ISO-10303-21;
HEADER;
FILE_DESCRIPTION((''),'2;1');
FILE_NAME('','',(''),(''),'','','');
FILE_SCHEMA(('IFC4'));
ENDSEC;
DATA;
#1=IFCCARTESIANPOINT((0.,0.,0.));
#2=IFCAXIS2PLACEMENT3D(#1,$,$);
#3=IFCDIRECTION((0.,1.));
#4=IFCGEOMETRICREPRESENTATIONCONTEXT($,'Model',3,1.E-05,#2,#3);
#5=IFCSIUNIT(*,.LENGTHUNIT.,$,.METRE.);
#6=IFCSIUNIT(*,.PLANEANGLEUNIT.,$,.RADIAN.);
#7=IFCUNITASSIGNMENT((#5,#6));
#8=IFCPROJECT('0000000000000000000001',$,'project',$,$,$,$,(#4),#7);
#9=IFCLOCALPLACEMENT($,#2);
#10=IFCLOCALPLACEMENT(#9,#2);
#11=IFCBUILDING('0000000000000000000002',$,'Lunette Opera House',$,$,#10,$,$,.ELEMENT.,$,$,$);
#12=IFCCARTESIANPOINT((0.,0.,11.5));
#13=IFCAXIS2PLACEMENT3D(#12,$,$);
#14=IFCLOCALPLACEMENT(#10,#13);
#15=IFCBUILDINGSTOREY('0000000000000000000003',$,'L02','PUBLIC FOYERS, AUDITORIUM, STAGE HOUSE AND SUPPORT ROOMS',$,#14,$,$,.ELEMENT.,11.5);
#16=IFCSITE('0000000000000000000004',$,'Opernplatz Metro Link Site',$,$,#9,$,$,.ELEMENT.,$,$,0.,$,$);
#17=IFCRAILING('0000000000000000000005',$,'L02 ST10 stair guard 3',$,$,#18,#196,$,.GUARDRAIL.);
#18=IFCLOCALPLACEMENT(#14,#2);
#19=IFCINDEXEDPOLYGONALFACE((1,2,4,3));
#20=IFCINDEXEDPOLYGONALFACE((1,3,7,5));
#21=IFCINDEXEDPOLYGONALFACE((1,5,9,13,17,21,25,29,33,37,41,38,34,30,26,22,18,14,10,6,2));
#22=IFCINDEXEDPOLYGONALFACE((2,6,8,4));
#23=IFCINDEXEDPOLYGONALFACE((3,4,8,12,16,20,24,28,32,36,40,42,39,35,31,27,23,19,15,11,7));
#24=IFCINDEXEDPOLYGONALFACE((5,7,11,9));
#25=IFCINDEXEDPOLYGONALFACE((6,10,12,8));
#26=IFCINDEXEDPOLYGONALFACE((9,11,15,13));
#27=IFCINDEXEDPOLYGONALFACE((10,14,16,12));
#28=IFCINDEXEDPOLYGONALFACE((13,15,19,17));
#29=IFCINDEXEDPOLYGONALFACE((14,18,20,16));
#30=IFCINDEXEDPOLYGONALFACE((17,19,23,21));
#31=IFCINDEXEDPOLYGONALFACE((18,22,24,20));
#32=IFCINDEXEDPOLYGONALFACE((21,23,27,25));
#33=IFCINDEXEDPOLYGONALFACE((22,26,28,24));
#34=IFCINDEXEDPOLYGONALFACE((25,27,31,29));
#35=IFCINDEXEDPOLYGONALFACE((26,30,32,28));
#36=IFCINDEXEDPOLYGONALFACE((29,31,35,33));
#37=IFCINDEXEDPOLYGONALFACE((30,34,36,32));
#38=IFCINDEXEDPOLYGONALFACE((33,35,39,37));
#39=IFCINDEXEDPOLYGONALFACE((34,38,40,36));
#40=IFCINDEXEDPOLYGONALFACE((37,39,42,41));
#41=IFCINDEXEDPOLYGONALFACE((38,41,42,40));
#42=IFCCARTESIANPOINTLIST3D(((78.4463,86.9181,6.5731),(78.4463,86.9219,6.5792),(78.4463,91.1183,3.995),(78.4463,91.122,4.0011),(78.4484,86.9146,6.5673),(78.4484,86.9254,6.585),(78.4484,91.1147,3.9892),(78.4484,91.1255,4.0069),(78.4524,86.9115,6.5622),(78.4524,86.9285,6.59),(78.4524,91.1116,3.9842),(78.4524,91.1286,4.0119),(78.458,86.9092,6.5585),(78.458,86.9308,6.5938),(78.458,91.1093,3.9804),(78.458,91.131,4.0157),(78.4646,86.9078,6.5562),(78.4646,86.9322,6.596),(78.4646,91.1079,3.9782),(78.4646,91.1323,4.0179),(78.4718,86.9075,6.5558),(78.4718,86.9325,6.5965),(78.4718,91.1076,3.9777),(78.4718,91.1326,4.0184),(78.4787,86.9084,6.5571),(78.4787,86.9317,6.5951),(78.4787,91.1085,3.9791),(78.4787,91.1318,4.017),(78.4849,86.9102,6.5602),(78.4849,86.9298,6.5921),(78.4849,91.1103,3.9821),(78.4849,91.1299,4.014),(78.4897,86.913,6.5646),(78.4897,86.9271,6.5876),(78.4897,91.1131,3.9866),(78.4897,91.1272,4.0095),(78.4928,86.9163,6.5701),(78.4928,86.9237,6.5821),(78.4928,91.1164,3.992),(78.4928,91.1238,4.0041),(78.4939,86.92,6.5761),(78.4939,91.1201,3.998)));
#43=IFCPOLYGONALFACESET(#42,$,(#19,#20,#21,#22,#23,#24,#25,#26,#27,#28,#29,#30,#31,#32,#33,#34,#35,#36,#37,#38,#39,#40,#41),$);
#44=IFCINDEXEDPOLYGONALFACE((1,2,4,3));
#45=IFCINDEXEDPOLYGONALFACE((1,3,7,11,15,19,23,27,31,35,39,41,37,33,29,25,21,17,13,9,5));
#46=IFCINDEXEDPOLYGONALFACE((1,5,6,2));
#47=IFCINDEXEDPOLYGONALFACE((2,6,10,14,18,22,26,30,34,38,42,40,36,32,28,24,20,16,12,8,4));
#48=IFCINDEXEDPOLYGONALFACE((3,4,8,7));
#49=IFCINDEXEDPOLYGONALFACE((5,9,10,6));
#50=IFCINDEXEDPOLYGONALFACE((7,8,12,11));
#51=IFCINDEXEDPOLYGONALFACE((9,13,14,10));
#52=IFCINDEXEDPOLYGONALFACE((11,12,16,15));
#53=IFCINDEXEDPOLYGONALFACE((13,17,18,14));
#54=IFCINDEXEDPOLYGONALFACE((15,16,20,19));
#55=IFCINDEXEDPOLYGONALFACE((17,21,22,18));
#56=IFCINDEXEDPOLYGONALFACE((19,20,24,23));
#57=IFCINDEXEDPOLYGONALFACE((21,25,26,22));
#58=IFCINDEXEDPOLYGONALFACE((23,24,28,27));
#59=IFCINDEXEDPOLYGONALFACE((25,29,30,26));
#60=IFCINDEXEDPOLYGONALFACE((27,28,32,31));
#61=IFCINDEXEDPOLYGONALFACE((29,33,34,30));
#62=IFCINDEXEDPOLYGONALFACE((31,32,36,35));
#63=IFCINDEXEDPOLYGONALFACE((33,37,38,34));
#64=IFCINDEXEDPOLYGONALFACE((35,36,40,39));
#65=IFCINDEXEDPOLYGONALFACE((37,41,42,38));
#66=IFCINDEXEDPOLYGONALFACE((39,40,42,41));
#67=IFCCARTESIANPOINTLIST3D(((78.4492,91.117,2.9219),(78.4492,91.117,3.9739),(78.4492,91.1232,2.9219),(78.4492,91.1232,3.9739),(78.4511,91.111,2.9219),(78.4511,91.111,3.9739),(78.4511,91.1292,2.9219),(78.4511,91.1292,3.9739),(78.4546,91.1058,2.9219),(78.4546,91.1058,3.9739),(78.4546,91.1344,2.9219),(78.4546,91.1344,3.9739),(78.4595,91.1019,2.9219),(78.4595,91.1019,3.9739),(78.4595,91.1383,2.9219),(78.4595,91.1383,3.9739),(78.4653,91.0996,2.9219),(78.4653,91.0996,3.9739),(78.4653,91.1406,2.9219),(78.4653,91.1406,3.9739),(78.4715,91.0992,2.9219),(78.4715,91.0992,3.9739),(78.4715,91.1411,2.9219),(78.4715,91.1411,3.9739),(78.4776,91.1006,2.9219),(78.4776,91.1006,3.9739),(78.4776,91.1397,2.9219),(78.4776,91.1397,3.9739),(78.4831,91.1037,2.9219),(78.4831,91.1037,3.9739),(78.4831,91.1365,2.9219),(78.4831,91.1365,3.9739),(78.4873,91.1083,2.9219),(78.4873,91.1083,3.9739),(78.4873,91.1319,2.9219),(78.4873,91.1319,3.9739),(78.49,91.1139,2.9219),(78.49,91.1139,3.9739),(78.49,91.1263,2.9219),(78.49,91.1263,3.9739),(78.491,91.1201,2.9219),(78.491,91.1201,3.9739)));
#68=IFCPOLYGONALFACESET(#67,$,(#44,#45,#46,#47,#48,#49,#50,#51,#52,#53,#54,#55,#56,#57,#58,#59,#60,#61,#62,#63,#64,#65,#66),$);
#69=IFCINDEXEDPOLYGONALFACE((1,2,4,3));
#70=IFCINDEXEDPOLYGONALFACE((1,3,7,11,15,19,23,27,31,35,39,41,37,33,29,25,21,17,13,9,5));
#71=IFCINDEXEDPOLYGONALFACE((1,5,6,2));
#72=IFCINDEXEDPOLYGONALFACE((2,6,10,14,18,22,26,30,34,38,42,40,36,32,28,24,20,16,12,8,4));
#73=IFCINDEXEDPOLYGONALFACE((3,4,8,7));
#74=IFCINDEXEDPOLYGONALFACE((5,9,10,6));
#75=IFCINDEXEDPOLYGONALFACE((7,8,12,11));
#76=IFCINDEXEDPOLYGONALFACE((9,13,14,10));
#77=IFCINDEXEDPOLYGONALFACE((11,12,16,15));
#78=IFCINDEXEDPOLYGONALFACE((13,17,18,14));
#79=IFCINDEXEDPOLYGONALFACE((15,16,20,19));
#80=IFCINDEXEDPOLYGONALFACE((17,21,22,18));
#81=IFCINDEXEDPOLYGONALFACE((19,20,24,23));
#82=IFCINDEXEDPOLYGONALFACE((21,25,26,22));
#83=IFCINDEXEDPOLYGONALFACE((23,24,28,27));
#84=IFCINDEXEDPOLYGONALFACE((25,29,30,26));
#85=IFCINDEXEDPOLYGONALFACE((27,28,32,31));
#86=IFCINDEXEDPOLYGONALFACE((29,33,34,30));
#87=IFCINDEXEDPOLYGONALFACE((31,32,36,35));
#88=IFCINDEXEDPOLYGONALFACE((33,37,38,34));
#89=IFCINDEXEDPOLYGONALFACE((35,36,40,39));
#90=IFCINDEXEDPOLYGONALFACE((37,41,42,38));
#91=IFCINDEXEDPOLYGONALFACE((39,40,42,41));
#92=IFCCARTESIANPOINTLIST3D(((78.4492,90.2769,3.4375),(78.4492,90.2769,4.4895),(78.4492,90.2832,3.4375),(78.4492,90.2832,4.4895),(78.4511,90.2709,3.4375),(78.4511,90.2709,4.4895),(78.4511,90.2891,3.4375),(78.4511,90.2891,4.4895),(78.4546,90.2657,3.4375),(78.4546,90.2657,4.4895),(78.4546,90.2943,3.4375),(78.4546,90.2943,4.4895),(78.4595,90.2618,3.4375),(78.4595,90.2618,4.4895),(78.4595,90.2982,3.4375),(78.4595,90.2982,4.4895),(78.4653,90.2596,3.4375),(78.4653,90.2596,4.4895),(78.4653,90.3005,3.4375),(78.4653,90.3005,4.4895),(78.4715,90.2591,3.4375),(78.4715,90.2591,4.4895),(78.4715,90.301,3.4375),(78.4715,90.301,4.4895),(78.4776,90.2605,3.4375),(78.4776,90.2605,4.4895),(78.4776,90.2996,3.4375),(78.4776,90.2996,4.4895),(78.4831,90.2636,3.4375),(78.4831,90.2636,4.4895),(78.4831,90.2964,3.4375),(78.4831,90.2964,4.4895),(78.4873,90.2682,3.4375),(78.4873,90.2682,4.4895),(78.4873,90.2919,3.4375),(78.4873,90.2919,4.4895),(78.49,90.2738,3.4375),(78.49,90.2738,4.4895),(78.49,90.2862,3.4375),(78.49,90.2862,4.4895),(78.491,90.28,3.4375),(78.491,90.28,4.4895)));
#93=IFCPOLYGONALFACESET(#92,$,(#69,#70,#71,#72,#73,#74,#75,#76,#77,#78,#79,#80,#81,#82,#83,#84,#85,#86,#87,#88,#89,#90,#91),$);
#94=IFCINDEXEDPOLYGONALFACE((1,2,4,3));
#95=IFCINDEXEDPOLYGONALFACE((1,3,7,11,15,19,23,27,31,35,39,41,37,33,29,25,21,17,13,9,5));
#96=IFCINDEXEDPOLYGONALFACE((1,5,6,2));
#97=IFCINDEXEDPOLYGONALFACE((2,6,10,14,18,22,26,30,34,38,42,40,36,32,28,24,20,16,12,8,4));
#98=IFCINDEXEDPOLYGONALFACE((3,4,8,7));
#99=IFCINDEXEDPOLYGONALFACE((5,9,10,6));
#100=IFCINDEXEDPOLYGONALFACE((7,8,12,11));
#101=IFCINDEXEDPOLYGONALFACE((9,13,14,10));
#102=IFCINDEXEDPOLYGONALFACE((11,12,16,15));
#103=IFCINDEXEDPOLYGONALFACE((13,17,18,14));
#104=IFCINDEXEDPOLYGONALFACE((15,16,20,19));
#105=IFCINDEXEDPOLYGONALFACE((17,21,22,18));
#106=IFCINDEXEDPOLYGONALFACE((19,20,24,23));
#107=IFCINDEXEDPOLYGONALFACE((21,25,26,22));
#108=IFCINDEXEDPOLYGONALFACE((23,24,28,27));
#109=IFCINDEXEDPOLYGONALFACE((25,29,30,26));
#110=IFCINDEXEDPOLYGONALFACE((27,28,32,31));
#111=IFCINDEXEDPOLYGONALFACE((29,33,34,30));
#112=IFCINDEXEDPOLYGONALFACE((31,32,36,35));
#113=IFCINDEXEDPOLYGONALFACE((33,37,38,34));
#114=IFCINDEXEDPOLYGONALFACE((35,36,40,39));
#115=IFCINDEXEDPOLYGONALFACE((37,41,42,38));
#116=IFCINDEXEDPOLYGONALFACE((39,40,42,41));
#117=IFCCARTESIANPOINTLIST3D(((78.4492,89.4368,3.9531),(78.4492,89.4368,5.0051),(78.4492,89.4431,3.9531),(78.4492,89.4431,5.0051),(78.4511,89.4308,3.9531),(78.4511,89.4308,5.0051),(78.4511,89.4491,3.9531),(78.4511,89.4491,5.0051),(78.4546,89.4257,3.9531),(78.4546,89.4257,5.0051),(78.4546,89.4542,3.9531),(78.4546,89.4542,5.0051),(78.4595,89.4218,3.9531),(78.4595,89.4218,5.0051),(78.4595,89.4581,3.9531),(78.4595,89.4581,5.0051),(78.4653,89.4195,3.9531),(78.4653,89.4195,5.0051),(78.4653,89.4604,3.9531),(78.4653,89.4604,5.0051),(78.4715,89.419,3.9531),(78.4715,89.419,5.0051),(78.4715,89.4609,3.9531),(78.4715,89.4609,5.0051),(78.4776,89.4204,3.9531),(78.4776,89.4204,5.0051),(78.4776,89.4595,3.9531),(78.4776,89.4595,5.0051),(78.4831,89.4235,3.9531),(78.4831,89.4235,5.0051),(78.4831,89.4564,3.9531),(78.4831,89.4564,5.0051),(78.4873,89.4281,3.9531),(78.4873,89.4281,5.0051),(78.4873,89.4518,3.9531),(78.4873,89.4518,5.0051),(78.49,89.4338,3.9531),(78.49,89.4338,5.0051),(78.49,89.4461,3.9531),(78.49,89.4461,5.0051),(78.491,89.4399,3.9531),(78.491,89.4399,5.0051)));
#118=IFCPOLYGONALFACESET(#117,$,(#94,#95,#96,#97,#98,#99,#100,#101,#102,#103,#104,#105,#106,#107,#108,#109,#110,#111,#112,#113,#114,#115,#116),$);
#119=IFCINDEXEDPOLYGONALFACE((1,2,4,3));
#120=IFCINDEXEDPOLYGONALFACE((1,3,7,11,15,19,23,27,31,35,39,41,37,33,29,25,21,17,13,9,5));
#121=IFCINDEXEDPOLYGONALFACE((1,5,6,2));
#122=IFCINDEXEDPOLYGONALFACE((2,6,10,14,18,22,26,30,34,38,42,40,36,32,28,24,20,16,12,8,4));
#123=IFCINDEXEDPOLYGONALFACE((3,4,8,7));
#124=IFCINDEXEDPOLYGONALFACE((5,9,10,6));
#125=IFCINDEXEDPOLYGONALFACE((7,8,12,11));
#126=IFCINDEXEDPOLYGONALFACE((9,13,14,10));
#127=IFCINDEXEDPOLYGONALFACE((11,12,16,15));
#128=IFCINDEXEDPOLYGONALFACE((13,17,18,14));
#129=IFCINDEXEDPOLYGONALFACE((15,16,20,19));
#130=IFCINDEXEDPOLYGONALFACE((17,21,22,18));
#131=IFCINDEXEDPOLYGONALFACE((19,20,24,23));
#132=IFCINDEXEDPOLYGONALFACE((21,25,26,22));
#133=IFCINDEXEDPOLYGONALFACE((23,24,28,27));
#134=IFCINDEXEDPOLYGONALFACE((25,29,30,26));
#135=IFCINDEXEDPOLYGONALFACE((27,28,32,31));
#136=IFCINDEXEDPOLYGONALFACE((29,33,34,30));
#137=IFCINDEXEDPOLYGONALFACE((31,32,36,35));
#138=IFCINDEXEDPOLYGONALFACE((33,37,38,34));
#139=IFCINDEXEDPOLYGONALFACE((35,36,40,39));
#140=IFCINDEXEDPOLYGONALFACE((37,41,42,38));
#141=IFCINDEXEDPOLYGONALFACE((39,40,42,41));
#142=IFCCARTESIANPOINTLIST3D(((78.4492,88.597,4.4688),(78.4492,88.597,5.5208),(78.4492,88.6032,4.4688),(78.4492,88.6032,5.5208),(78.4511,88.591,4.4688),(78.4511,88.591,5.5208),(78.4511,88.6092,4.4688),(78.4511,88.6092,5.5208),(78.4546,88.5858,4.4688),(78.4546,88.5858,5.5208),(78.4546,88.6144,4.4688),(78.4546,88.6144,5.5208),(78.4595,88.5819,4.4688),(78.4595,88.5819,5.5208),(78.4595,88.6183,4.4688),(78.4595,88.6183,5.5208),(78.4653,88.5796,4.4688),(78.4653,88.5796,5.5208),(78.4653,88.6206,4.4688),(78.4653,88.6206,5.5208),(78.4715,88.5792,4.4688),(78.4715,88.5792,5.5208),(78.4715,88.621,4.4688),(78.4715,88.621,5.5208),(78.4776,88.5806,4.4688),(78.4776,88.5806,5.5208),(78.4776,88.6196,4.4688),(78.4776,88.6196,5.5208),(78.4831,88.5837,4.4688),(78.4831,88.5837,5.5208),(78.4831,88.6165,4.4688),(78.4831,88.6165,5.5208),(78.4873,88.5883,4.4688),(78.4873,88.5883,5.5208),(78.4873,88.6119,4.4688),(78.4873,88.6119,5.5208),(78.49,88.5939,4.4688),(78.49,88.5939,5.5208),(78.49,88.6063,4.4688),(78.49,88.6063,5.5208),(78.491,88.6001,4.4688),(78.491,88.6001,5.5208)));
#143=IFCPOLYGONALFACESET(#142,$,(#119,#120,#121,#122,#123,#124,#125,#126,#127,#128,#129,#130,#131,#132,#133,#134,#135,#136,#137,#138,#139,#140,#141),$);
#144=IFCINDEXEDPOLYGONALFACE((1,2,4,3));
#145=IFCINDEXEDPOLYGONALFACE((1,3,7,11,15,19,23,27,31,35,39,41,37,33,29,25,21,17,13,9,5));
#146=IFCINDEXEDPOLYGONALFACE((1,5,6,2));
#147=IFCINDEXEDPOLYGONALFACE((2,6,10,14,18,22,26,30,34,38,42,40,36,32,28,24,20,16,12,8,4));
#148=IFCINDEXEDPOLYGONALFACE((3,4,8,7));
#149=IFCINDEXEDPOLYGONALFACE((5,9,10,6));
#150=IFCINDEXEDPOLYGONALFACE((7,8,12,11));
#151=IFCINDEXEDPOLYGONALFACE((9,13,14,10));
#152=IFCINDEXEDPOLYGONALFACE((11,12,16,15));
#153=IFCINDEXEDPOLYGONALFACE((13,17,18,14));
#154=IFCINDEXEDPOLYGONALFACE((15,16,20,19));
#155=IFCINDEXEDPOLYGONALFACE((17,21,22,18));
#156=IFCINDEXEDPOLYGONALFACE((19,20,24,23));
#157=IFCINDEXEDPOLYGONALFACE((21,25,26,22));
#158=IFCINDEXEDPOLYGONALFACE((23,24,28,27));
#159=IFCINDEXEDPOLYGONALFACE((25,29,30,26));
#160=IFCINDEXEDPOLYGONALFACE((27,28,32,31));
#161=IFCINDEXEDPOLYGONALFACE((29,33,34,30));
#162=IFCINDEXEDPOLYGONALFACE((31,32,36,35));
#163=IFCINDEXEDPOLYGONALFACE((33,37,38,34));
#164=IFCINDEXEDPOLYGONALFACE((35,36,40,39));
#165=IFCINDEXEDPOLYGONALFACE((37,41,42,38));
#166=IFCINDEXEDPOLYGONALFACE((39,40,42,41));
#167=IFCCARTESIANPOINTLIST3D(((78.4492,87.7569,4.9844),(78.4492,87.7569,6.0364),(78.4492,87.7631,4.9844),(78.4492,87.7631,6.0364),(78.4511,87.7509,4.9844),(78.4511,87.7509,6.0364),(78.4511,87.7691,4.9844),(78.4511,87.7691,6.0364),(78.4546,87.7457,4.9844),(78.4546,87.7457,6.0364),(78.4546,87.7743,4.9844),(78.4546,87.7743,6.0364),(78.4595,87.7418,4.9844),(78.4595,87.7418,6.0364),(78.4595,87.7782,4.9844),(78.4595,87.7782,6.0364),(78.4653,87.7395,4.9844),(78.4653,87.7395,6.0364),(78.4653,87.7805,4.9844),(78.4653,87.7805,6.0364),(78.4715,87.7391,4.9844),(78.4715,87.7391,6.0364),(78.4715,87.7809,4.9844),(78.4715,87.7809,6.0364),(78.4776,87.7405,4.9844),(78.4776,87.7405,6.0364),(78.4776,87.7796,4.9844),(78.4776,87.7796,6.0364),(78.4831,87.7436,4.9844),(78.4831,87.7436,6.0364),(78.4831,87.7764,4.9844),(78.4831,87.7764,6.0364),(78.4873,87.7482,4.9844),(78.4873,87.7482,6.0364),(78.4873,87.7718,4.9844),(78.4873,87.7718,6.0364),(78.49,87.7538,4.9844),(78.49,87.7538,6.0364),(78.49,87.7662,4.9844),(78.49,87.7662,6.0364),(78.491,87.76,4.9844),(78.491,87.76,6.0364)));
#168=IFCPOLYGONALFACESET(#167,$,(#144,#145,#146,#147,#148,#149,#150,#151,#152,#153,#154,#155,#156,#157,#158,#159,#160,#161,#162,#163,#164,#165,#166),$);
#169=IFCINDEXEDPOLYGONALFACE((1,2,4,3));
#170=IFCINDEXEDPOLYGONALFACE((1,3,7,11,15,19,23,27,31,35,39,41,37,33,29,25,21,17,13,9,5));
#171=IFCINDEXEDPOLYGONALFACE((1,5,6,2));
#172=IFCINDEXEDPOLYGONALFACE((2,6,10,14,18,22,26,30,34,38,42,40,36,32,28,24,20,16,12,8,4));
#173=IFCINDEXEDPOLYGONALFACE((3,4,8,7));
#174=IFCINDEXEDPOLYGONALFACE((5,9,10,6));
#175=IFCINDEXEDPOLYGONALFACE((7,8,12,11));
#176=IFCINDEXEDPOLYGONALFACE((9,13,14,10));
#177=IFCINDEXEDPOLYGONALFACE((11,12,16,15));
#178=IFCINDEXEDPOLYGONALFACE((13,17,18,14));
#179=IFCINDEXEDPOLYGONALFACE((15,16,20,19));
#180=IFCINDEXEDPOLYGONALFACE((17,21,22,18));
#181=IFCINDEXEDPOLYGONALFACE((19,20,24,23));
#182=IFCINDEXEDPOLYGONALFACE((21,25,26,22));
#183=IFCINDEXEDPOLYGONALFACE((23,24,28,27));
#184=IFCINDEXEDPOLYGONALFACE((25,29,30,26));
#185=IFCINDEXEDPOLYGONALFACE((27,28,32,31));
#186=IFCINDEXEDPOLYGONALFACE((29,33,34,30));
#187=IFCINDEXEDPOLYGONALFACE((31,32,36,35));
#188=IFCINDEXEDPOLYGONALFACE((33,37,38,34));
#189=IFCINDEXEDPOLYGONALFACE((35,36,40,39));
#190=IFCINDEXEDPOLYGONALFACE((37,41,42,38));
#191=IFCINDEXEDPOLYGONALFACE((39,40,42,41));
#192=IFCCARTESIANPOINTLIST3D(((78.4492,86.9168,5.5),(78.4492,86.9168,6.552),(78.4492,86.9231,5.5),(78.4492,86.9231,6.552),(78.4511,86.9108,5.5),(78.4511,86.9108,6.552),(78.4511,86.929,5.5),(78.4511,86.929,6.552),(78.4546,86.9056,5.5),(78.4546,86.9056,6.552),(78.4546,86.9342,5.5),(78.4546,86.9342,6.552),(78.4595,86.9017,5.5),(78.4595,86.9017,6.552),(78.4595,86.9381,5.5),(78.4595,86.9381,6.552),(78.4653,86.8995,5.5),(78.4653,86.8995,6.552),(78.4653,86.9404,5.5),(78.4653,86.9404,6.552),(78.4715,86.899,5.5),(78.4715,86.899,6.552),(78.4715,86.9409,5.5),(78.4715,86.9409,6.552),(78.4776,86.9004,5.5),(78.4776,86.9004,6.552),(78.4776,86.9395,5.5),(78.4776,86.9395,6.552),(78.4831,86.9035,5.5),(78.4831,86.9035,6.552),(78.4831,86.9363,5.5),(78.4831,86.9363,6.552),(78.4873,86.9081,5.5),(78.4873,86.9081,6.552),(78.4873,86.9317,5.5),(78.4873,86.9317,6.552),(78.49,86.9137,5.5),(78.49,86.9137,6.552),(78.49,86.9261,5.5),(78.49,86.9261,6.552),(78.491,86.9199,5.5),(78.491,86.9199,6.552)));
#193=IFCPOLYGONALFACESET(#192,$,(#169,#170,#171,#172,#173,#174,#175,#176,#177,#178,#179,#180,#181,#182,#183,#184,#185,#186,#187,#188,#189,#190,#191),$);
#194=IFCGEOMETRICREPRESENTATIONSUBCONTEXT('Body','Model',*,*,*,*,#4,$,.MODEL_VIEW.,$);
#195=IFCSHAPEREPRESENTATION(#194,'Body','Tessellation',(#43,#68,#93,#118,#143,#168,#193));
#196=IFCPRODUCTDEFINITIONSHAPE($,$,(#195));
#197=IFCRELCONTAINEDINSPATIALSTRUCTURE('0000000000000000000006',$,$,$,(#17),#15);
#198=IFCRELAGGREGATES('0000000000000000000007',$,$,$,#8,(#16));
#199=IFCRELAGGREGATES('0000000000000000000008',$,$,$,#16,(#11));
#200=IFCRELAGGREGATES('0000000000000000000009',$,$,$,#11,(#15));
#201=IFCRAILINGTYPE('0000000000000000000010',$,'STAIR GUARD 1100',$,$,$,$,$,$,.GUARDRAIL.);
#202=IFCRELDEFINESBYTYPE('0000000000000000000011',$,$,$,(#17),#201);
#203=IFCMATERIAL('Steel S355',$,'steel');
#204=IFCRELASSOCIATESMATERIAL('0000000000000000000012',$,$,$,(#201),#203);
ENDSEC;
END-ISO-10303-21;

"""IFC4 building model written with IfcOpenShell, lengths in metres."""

from ifc_helpers import new_model, si_unit, direction, frame, origin, origin_2d, place, context, subcontext, project, spatial, circle, extrude, material, type_object, element, save


model = new_model("IFC4")

# Units and contexts
model_context = context("Model", 3, precision=1e-05, world=origin(), true_north=direction((0.0, 1.0)))
body_context = subcontext(model_context, "Body", "Model", "MODEL_VIEW")
ifc_project = project(units=[si_unit("LENGTHUNIT", "METRE"), si_unit("PLANEANGLEUNIT", "RADIAN")], contexts=[model_context])

# Site, building, storey
site_placement = place(None, origin())
site = spatial("IfcSite", under=ifc_project, at=site_placement, Name="Opernplatz Metro Link Site", CompositionType="ELEMENT", RefElevation=0.0)
building_placement = place(site_placement, origin())
building = spatial("IfcBuilding", under=site, at=building_placement, Name="Lunette Opera House", CompositionType="ELEMENT")
storey_placement = place(building_placement, frame((0.0, 0.0, 11.5)))
storey = spatial("IfcBuildingStorey", under=building, at=storey_placement, Name="L02", Description="PUBLIC FOYERS, AUDITORIUM, STAGE HOUSE AND SUPPORT ROOMS", CompositionType="ELEMENT", Elevation=11.5)

# Railing
ifc_material_1 = material(Name="Steel S355", Category="steel")
railing_type_1 = type_object("IfcRailingType", Name="STAIR GUARD 1100", PredefinedType="GUARDRAIL", material=ifc_material_1)
railing_1_placement = place(storey_placement, frame((78.47, 91.1201, 2.9219)))
element("IfcRailing", 1, at=railing_1_placement, inside=storey, type_object=railing_type_1, Name="L02 ST10 stair guard 3", PredefinedType="GUARDRAIL", context=body_context, shape_type="SweptSolid", body=[
    extrude(circle(Radius=0.0239, at=origin_2d()), frame((0.0, 0.0, 1.0762), z_axis=(0.0, -0.852256, 0.523124), x_axis=(1.0, 0.0, 0.0)), (0.0, 0.0, 1.0), 4.9282),
    extrude(circle(Radius=0.021, at=origin_2d()), origin(), (0.0, 0.0, 1.0), 1.052),
    extrude(circle(Radius=0.021, at=origin_2d()), frame((0.0, -0.8401, 0.5156)), (0.0, 0.0, 1.0), 1.052),
    extrude(circle(Radius=0.021, at=origin_2d()), frame((0.0, -1.6802, 1.0312)), (0.0, 0.0, 1.0), 1.052),
    extrude(circle(Radius=0.021, at=origin_2d()), frame((0.0, -2.52, 1.5469)), (0.0, 0.0, 1.0), 1.052),
    extrude(circle(Radius=0.021, at=origin_2d()), frame((0.0, -3.3601, 2.0625)), (0.0, 0.0, 1.0), 1.052),
    extrude(circle(Radius=0.021, at=origin_2d()), frame((0.0, -4.2002, 2.5781)), (0.0, 0.0, 1.0), 1.052),
])

save(model, "model.ifc")
